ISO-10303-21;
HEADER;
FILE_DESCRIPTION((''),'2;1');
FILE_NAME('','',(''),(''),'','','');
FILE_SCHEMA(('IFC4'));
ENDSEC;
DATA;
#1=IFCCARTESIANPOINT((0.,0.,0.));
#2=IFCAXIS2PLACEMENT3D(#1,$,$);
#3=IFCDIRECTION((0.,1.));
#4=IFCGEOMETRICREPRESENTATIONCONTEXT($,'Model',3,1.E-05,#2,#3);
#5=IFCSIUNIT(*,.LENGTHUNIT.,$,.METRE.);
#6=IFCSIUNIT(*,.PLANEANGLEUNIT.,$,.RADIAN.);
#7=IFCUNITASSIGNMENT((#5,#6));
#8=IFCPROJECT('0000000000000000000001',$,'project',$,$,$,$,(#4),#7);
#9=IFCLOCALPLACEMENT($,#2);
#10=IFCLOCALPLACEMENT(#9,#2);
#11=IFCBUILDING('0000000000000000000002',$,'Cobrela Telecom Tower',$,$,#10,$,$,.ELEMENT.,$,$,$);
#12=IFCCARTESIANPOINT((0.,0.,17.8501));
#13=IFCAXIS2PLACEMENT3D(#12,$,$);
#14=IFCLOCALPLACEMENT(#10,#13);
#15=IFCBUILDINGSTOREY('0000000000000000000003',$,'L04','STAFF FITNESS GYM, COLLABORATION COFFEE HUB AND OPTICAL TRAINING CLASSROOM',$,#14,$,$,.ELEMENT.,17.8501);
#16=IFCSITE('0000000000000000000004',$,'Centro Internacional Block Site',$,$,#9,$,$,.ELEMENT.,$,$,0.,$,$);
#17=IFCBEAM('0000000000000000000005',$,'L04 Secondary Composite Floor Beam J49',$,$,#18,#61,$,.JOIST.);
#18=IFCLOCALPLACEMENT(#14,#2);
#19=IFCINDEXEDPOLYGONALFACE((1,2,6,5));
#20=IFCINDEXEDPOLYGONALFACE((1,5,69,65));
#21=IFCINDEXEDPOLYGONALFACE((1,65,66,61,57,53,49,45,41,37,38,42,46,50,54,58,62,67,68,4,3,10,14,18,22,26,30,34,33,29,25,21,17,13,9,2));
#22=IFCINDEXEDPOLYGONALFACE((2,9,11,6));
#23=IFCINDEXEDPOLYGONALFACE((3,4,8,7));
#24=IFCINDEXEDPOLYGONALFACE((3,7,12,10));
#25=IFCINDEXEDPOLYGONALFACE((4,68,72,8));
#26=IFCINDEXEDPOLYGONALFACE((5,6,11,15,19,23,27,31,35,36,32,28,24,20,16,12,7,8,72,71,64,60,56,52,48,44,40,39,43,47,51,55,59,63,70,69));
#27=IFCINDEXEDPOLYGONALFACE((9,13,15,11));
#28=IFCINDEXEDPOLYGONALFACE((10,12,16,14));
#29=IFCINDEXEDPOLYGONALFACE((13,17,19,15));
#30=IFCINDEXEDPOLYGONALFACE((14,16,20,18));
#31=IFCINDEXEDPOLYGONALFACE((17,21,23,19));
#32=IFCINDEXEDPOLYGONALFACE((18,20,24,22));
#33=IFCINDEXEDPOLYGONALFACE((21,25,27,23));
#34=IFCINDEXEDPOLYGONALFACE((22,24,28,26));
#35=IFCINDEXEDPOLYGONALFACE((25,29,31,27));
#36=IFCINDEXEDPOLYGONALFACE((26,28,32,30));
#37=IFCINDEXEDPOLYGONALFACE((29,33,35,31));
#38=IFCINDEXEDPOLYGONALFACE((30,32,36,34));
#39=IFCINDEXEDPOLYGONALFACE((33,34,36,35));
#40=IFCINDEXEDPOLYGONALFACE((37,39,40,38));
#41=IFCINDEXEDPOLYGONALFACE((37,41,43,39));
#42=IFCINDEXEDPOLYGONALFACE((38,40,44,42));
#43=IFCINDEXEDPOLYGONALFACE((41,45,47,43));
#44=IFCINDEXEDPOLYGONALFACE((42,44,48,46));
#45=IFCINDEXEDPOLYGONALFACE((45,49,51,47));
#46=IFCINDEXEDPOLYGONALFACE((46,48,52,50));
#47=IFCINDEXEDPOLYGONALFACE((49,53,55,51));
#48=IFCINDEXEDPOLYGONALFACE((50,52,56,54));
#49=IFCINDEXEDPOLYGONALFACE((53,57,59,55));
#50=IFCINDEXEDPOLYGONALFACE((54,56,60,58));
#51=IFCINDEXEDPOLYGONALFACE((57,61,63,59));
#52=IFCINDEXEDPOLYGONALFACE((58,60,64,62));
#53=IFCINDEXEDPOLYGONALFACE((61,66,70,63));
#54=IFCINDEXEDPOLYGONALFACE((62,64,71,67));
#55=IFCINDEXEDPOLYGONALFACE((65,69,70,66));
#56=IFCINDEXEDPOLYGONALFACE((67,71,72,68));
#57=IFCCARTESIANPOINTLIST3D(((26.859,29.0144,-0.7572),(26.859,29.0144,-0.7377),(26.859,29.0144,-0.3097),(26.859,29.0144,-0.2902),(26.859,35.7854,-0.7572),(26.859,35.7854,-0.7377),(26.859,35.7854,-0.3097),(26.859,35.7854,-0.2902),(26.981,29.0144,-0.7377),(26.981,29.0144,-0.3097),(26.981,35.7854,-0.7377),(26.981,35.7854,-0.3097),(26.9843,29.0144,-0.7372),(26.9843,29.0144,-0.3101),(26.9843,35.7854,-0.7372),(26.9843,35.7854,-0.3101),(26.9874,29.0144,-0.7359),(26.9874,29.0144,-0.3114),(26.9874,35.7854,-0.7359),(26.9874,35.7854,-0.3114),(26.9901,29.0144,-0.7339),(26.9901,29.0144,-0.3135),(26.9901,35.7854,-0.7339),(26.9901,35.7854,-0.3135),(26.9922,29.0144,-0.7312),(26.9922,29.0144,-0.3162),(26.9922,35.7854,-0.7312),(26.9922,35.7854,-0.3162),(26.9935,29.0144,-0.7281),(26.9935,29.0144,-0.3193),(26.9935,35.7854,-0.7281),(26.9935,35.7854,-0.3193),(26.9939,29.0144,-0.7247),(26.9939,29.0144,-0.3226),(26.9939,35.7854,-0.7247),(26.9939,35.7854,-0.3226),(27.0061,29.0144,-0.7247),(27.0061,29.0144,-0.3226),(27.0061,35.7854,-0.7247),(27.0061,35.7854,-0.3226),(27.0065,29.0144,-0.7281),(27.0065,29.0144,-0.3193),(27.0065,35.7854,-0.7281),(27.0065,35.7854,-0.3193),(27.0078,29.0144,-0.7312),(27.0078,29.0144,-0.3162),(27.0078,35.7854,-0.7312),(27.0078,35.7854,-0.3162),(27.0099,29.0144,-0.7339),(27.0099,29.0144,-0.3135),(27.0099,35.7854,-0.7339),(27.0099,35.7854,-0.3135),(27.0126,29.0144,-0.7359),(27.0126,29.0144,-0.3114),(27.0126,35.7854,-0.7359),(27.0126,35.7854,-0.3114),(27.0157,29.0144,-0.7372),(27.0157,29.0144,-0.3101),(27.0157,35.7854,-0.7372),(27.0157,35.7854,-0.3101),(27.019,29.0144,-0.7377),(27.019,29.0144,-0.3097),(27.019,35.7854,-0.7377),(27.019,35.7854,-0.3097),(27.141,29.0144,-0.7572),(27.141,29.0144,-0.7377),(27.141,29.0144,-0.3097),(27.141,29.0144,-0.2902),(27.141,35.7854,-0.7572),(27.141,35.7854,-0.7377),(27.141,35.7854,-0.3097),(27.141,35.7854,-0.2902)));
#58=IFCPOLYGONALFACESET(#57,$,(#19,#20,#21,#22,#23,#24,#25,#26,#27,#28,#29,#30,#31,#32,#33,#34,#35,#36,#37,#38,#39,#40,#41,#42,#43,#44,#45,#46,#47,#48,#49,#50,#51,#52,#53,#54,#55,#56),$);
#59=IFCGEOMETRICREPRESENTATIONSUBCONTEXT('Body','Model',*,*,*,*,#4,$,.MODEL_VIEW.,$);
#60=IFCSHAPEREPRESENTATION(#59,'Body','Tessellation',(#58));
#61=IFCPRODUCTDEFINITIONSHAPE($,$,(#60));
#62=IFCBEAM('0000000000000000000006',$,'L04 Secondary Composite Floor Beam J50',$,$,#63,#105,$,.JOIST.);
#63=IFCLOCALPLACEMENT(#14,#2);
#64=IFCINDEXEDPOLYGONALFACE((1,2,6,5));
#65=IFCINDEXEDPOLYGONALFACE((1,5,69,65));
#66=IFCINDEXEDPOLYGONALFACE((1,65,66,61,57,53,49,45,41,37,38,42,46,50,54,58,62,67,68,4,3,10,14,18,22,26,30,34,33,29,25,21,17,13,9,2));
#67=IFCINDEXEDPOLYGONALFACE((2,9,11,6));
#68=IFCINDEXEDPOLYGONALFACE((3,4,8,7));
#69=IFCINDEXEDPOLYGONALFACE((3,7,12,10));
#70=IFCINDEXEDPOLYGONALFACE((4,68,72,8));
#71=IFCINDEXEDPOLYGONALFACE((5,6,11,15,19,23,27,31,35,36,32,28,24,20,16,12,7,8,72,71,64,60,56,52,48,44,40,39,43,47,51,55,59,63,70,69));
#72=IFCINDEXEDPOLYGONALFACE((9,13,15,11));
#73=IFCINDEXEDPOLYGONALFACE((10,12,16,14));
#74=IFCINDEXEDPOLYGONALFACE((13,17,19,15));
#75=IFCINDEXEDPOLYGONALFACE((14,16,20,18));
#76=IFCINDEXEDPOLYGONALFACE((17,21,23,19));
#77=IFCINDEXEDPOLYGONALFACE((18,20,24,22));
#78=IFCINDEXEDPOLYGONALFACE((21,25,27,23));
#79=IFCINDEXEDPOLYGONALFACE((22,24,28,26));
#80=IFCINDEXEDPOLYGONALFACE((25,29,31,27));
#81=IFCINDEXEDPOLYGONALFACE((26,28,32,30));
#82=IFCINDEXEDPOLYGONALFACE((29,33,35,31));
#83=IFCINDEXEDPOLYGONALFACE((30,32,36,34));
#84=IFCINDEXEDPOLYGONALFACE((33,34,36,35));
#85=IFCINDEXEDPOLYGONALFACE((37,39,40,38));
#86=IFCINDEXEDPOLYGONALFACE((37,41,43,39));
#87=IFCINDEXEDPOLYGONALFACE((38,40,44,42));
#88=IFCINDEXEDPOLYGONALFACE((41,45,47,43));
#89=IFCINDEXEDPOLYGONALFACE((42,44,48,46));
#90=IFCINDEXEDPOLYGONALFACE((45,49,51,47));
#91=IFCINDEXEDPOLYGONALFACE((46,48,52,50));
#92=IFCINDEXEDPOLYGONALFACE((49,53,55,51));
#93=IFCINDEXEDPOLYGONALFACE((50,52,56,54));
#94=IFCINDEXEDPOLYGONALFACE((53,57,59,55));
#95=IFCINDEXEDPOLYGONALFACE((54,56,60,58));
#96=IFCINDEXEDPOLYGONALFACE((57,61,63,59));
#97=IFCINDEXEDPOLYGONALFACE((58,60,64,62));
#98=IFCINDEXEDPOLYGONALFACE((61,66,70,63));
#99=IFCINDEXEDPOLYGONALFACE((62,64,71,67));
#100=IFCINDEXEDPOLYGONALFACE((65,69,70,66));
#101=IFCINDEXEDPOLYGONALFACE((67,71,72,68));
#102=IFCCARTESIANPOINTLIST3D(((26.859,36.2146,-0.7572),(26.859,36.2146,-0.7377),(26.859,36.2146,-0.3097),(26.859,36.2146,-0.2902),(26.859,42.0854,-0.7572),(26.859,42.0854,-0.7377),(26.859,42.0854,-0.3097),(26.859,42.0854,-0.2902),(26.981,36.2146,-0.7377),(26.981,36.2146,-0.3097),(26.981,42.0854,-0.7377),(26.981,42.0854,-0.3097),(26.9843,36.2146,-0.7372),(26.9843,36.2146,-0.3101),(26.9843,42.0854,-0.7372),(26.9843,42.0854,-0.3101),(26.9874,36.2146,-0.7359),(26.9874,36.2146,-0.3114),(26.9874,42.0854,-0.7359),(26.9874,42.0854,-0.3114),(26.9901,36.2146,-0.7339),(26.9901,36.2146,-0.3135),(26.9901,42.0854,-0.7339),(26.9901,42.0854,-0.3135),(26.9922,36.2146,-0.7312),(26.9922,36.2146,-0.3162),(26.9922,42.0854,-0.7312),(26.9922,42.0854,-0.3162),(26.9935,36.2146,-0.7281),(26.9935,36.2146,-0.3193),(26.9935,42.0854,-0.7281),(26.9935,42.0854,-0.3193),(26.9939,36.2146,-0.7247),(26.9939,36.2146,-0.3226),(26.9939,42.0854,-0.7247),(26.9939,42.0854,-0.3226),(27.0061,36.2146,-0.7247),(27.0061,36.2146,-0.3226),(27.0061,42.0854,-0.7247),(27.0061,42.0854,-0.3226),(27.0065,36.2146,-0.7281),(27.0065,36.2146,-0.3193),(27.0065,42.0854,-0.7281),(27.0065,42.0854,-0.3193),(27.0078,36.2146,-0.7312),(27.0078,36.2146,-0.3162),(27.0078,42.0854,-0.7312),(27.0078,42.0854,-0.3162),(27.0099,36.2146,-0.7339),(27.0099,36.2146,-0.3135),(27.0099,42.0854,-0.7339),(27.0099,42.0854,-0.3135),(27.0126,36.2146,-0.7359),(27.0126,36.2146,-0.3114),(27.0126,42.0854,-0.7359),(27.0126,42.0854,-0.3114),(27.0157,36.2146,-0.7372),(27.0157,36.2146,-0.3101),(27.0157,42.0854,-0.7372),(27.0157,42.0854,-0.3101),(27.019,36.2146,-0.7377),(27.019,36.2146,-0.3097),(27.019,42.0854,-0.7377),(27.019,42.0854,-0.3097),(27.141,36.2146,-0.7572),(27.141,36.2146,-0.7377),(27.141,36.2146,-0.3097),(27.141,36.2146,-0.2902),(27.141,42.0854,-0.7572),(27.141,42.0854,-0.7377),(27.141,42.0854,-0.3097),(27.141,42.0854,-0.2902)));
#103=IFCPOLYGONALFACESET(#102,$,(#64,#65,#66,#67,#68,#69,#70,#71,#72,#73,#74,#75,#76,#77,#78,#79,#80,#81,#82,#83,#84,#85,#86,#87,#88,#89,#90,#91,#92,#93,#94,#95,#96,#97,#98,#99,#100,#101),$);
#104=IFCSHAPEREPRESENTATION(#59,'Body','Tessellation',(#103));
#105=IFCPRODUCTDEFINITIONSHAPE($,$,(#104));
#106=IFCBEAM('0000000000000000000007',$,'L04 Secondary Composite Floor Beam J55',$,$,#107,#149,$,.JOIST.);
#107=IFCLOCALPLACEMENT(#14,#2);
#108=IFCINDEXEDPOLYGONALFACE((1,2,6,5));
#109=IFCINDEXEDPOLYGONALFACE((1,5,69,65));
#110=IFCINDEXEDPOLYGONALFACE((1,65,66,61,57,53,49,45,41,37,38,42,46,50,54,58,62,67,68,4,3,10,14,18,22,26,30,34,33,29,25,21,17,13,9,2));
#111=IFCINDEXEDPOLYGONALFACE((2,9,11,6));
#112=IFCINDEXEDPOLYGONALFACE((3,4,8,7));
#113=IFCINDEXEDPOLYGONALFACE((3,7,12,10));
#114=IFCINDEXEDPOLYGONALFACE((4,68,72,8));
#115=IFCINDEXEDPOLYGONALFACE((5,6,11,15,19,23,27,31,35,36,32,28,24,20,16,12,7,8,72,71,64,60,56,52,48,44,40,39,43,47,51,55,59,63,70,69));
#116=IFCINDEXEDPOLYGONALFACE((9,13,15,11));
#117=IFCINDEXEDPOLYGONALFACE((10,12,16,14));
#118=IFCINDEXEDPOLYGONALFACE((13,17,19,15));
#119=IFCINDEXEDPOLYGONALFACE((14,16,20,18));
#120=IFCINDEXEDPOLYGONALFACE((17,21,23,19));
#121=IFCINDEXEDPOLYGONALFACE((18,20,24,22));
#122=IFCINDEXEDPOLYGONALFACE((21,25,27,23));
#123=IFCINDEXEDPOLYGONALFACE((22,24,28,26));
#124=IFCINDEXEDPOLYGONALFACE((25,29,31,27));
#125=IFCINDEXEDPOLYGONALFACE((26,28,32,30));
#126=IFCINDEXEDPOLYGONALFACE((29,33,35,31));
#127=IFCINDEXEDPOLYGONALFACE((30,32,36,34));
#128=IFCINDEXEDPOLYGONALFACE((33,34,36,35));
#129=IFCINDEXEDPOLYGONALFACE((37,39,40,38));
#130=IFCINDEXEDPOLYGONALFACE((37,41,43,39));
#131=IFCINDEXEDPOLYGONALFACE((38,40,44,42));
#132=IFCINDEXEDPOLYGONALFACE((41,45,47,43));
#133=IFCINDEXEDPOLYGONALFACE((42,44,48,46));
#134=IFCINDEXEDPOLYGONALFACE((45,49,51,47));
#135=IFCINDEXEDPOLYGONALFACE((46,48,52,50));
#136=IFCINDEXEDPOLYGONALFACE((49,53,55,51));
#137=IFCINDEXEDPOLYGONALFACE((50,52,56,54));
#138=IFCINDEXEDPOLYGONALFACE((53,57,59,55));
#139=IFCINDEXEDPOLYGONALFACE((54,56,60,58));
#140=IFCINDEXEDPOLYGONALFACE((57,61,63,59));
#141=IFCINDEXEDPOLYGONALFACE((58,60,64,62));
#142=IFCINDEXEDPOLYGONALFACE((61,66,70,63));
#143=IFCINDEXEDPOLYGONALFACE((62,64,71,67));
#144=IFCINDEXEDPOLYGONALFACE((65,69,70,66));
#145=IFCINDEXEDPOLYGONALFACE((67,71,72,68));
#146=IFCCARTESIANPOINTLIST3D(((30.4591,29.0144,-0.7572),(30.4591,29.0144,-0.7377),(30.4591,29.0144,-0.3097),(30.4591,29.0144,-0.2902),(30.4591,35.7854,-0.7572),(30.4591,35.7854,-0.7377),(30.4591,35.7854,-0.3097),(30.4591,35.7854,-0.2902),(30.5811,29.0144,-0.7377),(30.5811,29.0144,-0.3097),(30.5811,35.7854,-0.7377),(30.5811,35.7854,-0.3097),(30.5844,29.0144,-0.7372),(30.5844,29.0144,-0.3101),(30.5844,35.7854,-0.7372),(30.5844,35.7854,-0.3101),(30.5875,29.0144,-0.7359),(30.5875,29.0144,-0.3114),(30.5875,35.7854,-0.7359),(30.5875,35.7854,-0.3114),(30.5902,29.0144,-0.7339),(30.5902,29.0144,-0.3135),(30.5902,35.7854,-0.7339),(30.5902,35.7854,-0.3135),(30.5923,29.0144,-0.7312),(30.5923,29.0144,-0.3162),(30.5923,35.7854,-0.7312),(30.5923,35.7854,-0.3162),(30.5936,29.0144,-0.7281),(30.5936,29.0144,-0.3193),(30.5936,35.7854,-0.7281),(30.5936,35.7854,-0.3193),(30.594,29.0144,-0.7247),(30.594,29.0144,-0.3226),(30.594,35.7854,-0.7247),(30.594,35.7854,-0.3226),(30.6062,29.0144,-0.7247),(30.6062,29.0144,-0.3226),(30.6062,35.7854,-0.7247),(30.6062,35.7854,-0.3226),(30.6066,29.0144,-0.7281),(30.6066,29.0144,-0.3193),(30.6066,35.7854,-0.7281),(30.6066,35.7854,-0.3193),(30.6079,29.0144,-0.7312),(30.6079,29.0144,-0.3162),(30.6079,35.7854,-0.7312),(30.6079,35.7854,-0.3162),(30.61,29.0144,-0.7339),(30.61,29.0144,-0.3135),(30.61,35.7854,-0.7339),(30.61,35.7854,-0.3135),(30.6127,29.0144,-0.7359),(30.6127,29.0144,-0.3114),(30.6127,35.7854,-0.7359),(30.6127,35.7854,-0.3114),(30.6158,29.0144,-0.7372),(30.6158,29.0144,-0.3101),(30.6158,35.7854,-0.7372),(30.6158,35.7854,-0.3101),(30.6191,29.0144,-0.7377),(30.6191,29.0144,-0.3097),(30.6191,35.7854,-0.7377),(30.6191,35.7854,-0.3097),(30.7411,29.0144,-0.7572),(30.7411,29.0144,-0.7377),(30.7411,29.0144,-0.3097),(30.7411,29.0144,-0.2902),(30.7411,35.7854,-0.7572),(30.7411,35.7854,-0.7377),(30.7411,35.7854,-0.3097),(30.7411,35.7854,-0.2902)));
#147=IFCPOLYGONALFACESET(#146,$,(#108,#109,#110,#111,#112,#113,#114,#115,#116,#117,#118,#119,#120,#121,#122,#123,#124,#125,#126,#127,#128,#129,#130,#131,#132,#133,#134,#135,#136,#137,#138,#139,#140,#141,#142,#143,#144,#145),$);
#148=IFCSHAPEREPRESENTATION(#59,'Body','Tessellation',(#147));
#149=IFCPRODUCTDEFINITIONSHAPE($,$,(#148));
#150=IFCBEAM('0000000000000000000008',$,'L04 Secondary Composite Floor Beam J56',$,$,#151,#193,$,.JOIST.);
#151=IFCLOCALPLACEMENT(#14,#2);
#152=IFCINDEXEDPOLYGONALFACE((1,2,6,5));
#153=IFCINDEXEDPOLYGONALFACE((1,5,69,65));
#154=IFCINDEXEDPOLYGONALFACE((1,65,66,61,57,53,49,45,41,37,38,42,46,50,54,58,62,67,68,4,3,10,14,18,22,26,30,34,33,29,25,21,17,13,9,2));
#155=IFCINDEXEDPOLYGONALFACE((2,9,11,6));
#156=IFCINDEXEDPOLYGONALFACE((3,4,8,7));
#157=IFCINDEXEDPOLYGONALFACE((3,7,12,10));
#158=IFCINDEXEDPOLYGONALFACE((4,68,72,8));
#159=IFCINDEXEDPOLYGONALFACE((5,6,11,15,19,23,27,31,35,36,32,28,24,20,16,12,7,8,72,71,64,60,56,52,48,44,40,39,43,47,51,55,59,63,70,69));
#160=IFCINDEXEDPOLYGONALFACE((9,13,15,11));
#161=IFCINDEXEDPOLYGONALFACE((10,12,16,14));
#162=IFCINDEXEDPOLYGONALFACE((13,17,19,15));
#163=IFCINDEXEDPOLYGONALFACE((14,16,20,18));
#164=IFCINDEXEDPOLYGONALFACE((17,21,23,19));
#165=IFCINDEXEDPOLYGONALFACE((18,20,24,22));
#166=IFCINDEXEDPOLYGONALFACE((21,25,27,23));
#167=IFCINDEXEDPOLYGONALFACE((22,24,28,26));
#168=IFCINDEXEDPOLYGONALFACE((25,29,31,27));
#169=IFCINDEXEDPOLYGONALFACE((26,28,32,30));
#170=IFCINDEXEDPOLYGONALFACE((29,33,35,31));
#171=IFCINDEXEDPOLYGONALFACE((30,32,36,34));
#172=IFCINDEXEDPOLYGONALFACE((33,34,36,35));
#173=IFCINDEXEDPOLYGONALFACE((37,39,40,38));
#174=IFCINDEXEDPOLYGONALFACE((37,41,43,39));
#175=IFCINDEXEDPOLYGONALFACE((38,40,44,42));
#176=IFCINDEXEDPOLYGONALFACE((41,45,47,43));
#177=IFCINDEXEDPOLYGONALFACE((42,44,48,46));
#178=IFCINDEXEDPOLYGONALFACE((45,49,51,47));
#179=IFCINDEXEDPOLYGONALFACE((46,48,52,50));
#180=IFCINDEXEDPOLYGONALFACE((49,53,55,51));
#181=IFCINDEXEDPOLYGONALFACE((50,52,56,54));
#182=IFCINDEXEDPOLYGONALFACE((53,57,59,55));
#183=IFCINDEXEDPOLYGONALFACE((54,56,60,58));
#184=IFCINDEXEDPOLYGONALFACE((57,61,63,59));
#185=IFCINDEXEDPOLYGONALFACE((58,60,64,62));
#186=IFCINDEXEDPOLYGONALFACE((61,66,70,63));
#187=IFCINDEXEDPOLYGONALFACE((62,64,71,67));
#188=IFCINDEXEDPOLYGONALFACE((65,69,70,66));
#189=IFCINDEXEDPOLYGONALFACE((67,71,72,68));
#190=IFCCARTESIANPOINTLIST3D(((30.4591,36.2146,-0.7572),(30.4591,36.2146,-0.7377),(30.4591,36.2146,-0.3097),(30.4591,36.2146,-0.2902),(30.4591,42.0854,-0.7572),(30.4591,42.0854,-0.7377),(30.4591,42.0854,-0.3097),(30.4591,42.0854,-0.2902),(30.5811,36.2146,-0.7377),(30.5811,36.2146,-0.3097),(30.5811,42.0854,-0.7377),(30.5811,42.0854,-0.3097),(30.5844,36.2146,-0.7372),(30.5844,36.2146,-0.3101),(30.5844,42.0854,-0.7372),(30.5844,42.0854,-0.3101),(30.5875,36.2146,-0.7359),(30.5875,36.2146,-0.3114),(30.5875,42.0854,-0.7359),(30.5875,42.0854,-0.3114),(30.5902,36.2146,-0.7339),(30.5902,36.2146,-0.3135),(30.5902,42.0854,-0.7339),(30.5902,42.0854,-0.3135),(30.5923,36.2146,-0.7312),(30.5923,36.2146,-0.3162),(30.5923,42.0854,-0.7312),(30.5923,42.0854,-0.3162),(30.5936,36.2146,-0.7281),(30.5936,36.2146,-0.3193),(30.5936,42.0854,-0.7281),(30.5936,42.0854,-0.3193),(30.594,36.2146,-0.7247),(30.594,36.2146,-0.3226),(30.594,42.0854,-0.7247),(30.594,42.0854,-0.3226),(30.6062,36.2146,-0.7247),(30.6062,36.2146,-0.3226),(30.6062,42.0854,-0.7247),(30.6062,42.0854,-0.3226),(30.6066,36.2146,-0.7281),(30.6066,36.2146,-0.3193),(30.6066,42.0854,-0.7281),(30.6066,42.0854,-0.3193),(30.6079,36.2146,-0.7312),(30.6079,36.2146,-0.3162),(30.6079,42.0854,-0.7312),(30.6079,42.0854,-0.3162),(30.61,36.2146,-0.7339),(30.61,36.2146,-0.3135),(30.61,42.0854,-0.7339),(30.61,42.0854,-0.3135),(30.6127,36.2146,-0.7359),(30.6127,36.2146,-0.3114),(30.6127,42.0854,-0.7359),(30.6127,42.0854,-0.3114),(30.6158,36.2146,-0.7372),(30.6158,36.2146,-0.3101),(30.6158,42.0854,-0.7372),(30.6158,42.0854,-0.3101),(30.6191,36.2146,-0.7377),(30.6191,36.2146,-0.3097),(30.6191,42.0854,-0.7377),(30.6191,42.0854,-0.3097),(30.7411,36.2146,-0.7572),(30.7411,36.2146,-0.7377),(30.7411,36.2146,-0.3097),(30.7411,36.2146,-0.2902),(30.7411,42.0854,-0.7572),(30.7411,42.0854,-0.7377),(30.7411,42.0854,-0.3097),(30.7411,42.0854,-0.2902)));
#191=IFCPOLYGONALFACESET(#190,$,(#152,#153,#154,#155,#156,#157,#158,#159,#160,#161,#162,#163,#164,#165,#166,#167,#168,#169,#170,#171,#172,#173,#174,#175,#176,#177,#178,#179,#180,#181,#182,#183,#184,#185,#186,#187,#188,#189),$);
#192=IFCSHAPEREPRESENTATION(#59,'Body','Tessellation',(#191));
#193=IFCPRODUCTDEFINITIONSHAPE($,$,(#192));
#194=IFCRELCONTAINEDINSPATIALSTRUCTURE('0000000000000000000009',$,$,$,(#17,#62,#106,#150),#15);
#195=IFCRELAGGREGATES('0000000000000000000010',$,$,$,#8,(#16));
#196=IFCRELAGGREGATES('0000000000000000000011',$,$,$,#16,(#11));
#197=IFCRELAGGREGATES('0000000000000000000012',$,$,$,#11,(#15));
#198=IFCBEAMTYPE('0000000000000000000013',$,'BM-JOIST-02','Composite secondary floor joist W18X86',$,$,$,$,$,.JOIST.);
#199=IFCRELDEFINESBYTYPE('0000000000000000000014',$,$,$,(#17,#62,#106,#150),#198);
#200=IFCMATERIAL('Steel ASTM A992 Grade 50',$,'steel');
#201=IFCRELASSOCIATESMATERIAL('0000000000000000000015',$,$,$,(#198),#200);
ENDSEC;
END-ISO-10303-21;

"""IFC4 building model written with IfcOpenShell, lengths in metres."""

from ifc_helpers import new_model, si_unit, direction, frame, origin, origin_2d, place, context, subcontext, project, spatial, i_section, extrude, material, material_profile, profile_set, type_object, element, save


model = new_model("IFC4")

# Units and contexts
model_context = context("Model", 3, precision=1e-05, world=origin(), true_north=direction((0.0, 1.0)))
body_context = subcontext(model_context, "Body", "Model", "MODEL_VIEW")
ifc_project = project(units=[si_unit("LENGTHUNIT", "METRE"), si_unit("PLANEANGLEUNIT", "RADIAN")], contexts=[model_context])

# Site, building, storey
site_placement = place(None, origin())
site = spatial("IfcSite", under=ifc_project, at=site_placement, Name="Centro Internacional Block Site", CompositionType="ELEMENT", RefElevation=0.0)
building_placement = place(site_placement, origin())
building = spatial("IfcBuilding", under=site, at=building_placement, Name="Cobrela Telecom Tower", CompositionType="ELEMENT")
storey_placement = place(building_placement, frame((0.0, 0.0, 17.8501)))
storey = spatial("IfcBuildingStorey", under=building, at=storey_placement, Name="L04", Description="STAFF FITNESS GYM, COLLABORATION COFFEE HUB AND OPTICAL TRAINING CLASSROOM", CompositionType="ELEMENT", Elevation=17.8501)

# Beams
ifc_material_1 = material(Name="Steel ASTM A992 Grade 50", Category="steel")
ifc_material_profile_1 = material_profile(ifc_material_1, i_section(OverallWidth=0.282, OverallDepth=0.467, WebThickness=0.0122, FlangeThickness=0.0195, FilletRadius=0.0129, at=origin_2d()), Name="W18X86")
ifc_profile_set_1 = profile_set([ifc_material_profile_1], Name="Steel ASTM A992 Grade 50")
beam_type_1 = type_object("IfcBeamType", Name="BM-JOIST-02", Description="Composite secondary floor joist W18X86", PredefinedType="JOIST", material=ifc_profile_set_1)
for number, where, z_axis, x_axis, name in (
    (1, (27.0, 29.0144, -0.5237), (0.0, 1.0, 0.0), (-1.0, 0.0, 0.0), "L04 Secondary Composite Floor Beam J49"),
):
    element("IfcBeam", number, at=place(storey_placement, frame(where, z_axis=z_axis, x_axis=x_axis)), inside=storey, type_object=beam_type_1, Name=name, PredefinedType="JOIST", context=body_context, shape_type="SweptSolid", body=[
        extrude(i_section(OverallWidth=0.282, OverallDepth=0.467, WebThickness=0.0122, FlangeThickness=0.0195, FilletRadius=0.0129, at=origin_2d()), origin(), (0.0, 0.0, 1.0), 6.771),
    ])
beam_1_placement = place(storey_placement, frame((27.0, 36.2146, -0.5237), z_axis=(0.0, 1.0, 0.0), x_axis=(-1.0, 0.0, 0.0)))
element("IfcBeam", 2, at=beam_1_placement, inside=storey, type_object=beam_type_1, Name="L04 Secondary Composite Floor Beam J50", PredefinedType="JOIST", context=body_context, shape_type="SweptSolid", body=[
    extrude(i_section(OverallWidth=0.282, OverallDepth=0.467, WebThickness=0.0122, FlangeThickness=0.0195, FilletRadius=0.0129, at=origin_2d()), origin(), (0.0, 0.0, 1.0), 5.8708),
])
beam_2_placement = place(storey_placement, frame((30.6001, 29.0144, -0.5237), z_axis=(0.0, 1.0, 0.0), x_axis=(-1.0, 0.0, 0.0)))
element("IfcBeam", 3, at=beam_2_placement, inside=storey, type_object=beam_type_1, Name="L04 Secondary Composite Floor Beam J55", PredefinedType="JOIST", context=body_context, shape_type="SweptSolid", body=[
    extrude(i_section(OverallWidth=0.282, OverallDepth=0.467, WebThickness=0.0122, FlangeThickness=0.0195, FilletRadius=0.0129, at=origin_2d()), origin(), (0.0, 0.0, 1.0), 6.771),
])
beam_3_placement = place(storey_placement, frame((30.6001, 36.2146, -0.5237), z_axis=(0.0, 1.0, 0.0), x_axis=(-1.0, 0.0, 0.0)))
element("IfcBeam", 4, at=beam_3_placement, inside=storey, type_object=beam_type_1, Name="L04 Secondary Composite Floor Beam J56", PredefinedType="JOIST", context=body_context, shape_type="SweptSolid", body=[
    extrude(i_section(OverallWidth=0.282, OverallDepth=0.467, WebThickness=0.0122, FlangeThickness=0.0195, FilletRadius=0.0129, at=origin_2d()), origin(), (0.0, 0.0, 1.0), 5.8708),
])

save(model, "model.ifc")
